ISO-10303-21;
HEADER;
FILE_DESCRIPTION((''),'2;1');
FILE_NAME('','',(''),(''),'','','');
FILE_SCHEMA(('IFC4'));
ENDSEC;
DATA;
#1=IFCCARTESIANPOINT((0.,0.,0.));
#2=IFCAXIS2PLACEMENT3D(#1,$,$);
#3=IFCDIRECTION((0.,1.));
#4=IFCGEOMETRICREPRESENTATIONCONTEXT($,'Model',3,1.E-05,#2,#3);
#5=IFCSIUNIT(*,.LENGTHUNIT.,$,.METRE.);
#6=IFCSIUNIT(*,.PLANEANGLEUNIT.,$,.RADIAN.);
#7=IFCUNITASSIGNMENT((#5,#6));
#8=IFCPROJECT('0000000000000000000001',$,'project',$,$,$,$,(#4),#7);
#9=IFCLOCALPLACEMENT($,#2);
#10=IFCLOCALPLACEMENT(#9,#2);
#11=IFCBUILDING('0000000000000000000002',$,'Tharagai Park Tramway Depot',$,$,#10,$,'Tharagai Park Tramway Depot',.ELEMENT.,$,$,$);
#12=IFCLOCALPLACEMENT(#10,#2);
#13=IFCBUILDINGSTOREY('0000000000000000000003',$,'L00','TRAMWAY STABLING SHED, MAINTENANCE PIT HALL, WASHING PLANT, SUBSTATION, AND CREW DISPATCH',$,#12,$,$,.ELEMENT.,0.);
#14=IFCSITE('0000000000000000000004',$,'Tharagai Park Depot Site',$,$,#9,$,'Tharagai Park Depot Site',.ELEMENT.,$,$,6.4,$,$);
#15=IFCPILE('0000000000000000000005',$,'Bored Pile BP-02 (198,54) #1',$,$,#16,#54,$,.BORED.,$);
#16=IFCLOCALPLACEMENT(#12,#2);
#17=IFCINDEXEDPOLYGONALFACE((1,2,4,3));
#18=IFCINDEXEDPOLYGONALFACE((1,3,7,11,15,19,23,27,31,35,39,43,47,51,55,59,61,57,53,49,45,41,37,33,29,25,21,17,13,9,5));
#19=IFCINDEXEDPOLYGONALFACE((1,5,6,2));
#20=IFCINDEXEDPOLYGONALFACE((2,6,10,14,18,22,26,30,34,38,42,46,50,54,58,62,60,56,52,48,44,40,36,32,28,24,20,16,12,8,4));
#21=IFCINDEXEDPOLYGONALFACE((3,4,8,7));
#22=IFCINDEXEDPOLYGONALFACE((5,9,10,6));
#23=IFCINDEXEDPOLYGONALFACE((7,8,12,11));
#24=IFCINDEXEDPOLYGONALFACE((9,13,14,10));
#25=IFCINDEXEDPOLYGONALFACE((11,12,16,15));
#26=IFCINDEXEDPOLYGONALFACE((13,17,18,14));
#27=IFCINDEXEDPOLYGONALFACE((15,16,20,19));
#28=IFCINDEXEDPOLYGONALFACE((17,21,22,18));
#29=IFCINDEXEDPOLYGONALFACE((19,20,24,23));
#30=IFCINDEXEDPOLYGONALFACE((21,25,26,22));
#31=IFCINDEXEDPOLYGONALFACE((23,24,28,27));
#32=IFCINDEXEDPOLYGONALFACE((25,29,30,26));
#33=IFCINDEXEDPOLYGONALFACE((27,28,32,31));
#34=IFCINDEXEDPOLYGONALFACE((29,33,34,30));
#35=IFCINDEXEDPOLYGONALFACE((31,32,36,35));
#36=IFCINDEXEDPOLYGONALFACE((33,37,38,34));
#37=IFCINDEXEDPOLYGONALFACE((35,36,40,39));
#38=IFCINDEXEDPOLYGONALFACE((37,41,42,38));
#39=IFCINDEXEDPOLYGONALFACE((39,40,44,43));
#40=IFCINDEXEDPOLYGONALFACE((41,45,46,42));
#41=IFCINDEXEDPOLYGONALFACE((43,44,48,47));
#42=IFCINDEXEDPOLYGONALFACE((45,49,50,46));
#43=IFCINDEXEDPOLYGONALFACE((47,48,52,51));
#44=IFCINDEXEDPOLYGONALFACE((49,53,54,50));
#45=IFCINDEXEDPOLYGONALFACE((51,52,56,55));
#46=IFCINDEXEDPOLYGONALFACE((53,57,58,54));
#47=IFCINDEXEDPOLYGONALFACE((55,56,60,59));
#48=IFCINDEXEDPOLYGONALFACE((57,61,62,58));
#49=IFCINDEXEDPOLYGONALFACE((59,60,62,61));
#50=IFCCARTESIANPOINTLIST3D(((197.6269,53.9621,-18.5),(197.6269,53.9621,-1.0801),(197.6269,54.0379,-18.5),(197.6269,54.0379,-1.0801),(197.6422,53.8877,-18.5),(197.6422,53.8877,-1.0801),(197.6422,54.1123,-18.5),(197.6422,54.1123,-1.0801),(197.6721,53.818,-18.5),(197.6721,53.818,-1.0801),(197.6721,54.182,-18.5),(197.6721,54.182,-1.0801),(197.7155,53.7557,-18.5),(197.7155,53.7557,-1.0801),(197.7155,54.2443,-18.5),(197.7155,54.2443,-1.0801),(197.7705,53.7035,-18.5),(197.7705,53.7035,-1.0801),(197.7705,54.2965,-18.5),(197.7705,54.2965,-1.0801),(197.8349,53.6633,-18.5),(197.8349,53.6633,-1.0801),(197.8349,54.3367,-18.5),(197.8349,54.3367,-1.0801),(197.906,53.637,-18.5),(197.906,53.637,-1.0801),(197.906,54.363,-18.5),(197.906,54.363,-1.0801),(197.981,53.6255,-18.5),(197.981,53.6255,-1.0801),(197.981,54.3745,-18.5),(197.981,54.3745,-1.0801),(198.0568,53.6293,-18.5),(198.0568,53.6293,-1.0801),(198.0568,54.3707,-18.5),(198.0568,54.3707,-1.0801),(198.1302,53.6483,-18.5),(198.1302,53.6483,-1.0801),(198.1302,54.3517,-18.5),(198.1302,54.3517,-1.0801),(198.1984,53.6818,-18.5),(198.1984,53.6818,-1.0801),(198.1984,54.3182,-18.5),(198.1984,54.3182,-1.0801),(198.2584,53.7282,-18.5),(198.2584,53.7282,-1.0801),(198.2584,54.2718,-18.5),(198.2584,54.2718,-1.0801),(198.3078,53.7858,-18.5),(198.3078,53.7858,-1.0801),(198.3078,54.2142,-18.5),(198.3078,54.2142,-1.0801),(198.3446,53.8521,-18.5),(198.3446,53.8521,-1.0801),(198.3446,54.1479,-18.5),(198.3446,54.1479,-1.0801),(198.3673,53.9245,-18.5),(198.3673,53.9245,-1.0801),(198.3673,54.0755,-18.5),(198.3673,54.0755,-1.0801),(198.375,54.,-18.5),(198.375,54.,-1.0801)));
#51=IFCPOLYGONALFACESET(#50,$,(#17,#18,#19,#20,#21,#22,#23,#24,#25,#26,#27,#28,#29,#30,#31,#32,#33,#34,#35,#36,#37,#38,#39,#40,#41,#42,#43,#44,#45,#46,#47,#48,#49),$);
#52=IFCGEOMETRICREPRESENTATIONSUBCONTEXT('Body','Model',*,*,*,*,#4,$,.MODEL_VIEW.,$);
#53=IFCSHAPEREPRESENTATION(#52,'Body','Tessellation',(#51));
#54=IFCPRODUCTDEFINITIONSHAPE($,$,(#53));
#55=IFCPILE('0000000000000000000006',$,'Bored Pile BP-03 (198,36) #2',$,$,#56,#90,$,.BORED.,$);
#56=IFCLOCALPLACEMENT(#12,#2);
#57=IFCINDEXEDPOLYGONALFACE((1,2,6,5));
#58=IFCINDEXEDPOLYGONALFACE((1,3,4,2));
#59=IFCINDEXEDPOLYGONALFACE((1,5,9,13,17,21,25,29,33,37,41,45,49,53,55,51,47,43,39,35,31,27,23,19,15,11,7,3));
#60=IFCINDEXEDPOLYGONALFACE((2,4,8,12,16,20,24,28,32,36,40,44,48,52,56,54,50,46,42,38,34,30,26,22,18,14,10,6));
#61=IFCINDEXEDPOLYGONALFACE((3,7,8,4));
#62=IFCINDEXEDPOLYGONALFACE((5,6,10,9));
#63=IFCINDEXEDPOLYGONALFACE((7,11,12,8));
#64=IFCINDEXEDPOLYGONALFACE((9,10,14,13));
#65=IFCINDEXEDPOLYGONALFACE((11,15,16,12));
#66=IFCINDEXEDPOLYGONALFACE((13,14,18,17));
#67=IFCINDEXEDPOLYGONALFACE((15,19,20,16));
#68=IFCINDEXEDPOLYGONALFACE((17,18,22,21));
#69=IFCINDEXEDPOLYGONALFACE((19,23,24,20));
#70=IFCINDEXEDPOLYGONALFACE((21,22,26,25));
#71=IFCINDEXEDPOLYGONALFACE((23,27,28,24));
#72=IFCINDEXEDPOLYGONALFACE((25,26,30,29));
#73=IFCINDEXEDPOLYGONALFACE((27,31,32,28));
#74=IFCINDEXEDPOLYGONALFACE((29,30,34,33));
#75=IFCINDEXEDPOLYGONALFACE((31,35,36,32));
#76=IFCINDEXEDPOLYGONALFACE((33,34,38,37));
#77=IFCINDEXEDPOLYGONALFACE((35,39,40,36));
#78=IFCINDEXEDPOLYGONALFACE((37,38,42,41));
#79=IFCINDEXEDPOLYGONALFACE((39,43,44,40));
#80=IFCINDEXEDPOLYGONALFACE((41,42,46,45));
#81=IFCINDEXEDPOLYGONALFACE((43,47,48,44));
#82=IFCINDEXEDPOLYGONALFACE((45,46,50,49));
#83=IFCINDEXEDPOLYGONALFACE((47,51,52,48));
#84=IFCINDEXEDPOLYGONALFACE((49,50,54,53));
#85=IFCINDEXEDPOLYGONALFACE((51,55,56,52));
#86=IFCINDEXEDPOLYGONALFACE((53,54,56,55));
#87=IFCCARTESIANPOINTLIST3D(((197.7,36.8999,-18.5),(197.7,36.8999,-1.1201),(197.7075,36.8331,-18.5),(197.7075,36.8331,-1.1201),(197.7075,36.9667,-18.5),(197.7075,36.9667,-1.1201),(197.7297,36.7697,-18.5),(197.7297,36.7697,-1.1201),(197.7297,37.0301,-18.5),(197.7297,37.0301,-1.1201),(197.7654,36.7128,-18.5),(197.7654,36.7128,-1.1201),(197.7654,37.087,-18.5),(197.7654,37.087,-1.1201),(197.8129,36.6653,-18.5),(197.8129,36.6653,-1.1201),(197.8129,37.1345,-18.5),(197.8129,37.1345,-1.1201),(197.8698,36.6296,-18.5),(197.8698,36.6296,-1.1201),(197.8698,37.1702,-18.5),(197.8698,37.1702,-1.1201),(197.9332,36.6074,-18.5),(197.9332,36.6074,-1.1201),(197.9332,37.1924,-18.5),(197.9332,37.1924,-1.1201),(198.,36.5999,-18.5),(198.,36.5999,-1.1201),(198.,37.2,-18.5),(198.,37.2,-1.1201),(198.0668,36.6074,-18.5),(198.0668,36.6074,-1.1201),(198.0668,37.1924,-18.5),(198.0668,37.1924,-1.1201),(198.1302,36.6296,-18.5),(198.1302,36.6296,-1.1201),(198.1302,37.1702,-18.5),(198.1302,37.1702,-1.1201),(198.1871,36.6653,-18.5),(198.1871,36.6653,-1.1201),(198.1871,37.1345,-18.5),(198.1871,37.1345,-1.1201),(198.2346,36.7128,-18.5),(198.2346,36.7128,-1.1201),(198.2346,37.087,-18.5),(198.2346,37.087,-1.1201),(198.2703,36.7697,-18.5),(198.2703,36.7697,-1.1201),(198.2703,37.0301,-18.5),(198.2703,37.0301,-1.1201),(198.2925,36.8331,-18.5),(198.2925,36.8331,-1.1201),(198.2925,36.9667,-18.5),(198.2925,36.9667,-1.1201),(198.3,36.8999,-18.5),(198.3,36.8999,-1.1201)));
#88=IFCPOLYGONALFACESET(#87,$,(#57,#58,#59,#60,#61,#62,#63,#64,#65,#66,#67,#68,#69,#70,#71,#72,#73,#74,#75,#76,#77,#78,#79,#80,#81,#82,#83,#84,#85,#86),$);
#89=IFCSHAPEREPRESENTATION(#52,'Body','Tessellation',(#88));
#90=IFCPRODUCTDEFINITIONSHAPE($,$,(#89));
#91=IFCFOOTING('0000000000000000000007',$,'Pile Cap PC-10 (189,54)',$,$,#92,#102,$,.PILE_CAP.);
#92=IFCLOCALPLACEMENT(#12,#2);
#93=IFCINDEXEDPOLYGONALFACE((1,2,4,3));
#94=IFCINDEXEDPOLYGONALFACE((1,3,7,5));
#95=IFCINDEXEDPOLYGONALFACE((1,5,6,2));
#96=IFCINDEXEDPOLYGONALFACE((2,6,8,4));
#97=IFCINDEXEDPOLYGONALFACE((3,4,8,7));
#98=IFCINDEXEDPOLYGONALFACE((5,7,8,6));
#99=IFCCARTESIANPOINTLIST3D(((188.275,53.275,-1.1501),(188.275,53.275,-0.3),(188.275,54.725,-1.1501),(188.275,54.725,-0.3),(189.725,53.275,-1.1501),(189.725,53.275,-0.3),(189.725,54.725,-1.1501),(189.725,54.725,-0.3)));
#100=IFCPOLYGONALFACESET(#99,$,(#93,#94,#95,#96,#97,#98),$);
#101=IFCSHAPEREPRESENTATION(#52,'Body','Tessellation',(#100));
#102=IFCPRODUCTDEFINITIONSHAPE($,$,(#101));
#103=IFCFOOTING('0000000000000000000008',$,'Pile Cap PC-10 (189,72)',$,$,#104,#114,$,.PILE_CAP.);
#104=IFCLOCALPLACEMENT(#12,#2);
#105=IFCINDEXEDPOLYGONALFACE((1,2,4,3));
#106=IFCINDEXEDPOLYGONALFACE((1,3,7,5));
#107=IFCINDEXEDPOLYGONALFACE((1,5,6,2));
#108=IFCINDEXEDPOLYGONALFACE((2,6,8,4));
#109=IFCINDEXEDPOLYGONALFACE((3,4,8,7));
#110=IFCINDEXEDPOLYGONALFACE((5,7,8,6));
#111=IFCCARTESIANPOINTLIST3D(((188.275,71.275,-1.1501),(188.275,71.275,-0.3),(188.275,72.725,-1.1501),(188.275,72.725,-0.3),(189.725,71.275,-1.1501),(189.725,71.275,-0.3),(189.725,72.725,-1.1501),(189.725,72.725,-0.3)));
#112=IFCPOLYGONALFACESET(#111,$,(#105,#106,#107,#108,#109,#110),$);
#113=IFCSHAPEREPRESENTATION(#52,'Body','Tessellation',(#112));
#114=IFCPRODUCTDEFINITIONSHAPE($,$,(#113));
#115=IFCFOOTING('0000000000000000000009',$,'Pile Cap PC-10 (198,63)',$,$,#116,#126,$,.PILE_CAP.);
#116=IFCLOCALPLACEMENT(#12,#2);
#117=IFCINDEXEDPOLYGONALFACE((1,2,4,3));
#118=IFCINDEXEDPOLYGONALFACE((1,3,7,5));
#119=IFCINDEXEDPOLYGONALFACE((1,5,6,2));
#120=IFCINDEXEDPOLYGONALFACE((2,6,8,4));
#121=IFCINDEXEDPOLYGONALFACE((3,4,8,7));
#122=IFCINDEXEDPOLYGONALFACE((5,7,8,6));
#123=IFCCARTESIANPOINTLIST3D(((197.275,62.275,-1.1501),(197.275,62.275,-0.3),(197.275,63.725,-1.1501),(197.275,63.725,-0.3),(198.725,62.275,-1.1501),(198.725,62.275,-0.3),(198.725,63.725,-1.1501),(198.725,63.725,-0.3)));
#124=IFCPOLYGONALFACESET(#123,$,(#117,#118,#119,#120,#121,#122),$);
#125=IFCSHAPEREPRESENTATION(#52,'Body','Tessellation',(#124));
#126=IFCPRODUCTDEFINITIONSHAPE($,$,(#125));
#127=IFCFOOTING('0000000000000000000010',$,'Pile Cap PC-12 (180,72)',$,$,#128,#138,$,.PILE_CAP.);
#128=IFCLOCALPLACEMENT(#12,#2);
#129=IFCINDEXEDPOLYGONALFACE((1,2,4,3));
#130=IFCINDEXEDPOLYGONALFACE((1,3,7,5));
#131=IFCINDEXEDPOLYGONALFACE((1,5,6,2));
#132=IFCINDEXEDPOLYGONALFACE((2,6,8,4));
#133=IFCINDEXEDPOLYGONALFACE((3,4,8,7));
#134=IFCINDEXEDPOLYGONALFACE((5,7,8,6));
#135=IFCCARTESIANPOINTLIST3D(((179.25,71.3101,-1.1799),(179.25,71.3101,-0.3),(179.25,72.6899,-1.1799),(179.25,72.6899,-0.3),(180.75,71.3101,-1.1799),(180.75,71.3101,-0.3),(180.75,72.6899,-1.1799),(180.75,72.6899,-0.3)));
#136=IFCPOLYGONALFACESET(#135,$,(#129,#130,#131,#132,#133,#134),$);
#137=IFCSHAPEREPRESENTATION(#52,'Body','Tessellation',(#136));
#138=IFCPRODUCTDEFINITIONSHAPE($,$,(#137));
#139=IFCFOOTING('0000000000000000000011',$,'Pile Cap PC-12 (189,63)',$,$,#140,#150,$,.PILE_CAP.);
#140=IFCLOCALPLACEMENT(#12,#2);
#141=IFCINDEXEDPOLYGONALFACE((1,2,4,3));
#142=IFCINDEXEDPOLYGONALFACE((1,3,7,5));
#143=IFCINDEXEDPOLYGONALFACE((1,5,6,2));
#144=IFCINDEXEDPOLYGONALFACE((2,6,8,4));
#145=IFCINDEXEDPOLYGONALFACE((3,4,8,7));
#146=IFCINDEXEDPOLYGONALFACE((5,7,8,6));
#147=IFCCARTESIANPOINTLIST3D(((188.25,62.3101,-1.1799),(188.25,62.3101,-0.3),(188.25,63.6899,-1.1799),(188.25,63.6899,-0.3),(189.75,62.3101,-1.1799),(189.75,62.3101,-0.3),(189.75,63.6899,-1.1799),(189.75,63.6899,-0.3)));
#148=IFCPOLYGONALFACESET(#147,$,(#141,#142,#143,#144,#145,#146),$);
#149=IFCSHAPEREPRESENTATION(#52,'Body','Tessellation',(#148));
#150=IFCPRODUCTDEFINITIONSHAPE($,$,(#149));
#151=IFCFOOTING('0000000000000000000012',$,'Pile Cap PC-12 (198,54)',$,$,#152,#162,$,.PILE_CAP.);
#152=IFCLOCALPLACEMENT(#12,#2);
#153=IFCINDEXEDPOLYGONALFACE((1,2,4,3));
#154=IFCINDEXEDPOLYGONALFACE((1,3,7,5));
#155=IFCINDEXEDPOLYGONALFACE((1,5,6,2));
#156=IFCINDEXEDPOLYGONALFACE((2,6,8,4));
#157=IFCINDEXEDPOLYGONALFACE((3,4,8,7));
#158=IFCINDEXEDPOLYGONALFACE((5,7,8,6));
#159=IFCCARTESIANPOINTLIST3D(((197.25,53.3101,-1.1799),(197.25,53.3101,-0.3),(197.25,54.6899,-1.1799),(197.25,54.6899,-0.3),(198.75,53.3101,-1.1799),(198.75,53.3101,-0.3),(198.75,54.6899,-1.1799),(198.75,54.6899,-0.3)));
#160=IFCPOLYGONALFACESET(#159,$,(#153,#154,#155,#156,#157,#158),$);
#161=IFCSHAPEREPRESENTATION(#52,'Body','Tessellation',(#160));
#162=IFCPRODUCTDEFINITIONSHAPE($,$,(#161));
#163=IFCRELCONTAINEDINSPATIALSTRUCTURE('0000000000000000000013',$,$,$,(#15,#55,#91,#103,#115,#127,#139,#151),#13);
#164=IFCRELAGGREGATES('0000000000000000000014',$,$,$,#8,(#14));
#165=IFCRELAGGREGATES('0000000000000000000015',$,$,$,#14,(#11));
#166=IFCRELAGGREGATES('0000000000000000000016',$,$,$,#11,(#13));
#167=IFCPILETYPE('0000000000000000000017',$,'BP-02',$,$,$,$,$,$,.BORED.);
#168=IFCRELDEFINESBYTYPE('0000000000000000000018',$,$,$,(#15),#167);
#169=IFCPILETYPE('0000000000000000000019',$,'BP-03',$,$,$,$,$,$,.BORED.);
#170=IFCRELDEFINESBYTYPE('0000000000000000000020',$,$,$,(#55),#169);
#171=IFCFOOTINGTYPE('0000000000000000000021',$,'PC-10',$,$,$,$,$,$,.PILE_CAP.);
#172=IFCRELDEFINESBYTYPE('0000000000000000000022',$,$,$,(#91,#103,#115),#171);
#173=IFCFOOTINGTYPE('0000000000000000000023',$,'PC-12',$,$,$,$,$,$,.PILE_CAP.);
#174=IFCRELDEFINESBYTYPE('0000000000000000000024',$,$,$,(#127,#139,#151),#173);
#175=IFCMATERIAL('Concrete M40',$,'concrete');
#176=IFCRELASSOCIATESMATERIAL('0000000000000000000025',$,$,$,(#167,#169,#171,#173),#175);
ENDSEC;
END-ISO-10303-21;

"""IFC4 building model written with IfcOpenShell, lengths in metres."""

from ifc_helpers import new_model, si_unit, direction, frame, origin, origin_2d, place, context, subcontext, project, spatial, rectangle, circle, extrude, material, material_profile, profile_set, type_object, element, save


model = new_model("IFC4")

# Units and contexts
model_context = context("Model", 3, precision=1e-05, world=origin(), true_north=direction((0.0, 1.0)))
body_context = subcontext(model_context, "Body", "Model", "MODEL_VIEW")
ifc_project = project(units=[si_unit("LENGTHUNIT", "METRE"), si_unit("PLANEANGLEUNIT", "RADIAN")], contexts=[model_context])

# Site, building, storey
site_placement = place(None, origin())
site = spatial("IfcSite", under=ifc_project, at=site_placement, Name="Tharagai Park Depot Site", LongName="Tharagai Park Depot Site", CompositionType="ELEMENT", RefElevation=6.4)
building_placement = place(site_placement, origin())
building = spatial("IfcBuilding", under=site, at=building_placement, Name="Tharagai Park Tramway Depot", LongName="Tharagai Park Tramway Depot", CompositionType="ELEMENT")
storey_placement = place(building_placement, origin())
storey = spatial("IfcBuildingStorey", under=building, at=storey_placement, Name="L00", Description="TRAMWAY STABLING SHED, MAINTENANCE PIT HALL, WASHING PLANT, SUBSTATION, AND CREW DISPATCH", CompositionType="ELEMENT", Elevation=0.0)

# Piles
ifc_material_1 = material(Name="Concrete M40", Category="concrete")
ifc_material_profile_1 = material_profile(ifc_material_1, circle(Radius=0.375, at=origin_2d()), Name="PILE D750")
ifc_profile_set_1 = profile_set([ifc_material_profile_1], Name="Concrete M40")
pile_type_1 = type_object("IfcPileType", Name="BP-02", PredefinedType="BORED", material=ifc_profile_set_1)
pile_1_placement = place(storey_placement, frame((198.0, 54.0, -1.0801), z_axis=(0.0, 0.0, -1.0), x_axis=(1.0, 0.0, 0.0)))
element("IfcPile", 1, at=pile_1_placement, inside=storey, type_object=pile_type_1, Name="Bored Pile BP-02 (198,54) #1", PredefinedType="BORED", context=body_context, shape_type="SweptSolid", body=[
    extrude(circle(Radius=0.375, at=origin_2d()), origin(), (0.0, 0.0, 1.0), 17.4199),
])
ifc_material_profile_2 = material_profile(ifc_material_1, circle(Radius=0.3, at=origin_2d()), Name="PILE D600")
ifc_profile_set_2 = profile_set([ifc_material_profile_2], Name="Concrete M40")
pile_type_2 = type_object("IfcPileType", Name="BP-03", PredefinedType="BORED", material=ifc_profile_set_2)
pile_2_placement = place(storey_placement, frame((198.0, 36.8999, -1.1201), z_axis=(0.0, 0.0, -1.0), x_axis=(1.0, 0.0, 0.0)))
element("IfcPile", 2, at=pile_2_placement, inside=storey, type_object=pile_type_2, Name="Bored Pile BP-03 (198,36) #2", PredefinedType="BORED", context=body_context, shape_type="SweptSolid", body=[
    extrude(circle(Radius=0.3, at=origin_2d()), origin(), (0.0, 0.0, 1.0), 17.3799),
])

# Footings
footing_type_1 = type_object("IfcFootingType", Name="PC-10", PredefinedType="PILE_CAP", material=ifc_material_1)
for number, where, z_axis, x_axis, name in (
    (3, (189.0, 54.0, -1.1501), (0.0, 0.0, 1.0), (1.0, 0.0, 0.0), "Pile Cap PC-10 (189,54)"),
    (4, (189.0, 72.0, -1.1501), (0.0, 0.0, 1.0), (1.0, 0.0, 0.0), "Pile Cap PC-10 (189,72)"),
    (5, (198.0, 63.0, -1.1501), (0.0, 0.0, 1.0), (1.0, 0.0, 0.0), "Pile Cap PC-10 (198,63)"),
):
    element("IfcFooting", number, at=place(storey_placement, frame(where, z_axis=z_axis, x_axis=x_axis)), inside=storey, type_object=footing_type_1, Name=name, PredefinedType="PILE_CAP", context=body_context, shape_type="SweptSolid", body=[
        extrude(rectangle(XDim=1.45, YDim=1.45, at=origin_2d()), origin(), (0.0, 0.0, 1.0), 0.8501),
    ])
footing_type_2 = type_object("IfcFootingType", Name="PC-12", PredefinedType="PILE_CAP", material=ifc_material_1)
for number, where, z_axis, x_axis, name in (
    (6, (180.0, 72.0, -1.1799), (0.0, 0.0, 1.0), (1.0, 0.0, 0.0), "Pile Cap PC-12 (180,72)"),
    (7, (189.0, 63.0, -1.1799), (0.0, 0.0, 1.0), (1.0, 0.0, 0.0), "Pile Cap PC-12 (189,63)"),
    (8, (198.0, 54.0, -1.1799), (0.0, 0.0, 1.0), (1.0, 0.0, 0.0), "Pile Cap PC-12 (198,54)"),
):
    element("IfcFooting", number, at=place(storey_placement, frame(where, z_axis=z_axis, x_axis=x_axis)), inside=storey, type_object=footing_type_2, Name=name, PredefinedType="PILE_CAP", context=body_context, shape_type="SweptSolid", body=[
        extrude(rectangle(XDim=1.5, YDim=1.3799, at=origin_2d()), origin(), (0.0, 0.0, 1.0), 0.8799),
    ])

save(model, "model.ifc")
